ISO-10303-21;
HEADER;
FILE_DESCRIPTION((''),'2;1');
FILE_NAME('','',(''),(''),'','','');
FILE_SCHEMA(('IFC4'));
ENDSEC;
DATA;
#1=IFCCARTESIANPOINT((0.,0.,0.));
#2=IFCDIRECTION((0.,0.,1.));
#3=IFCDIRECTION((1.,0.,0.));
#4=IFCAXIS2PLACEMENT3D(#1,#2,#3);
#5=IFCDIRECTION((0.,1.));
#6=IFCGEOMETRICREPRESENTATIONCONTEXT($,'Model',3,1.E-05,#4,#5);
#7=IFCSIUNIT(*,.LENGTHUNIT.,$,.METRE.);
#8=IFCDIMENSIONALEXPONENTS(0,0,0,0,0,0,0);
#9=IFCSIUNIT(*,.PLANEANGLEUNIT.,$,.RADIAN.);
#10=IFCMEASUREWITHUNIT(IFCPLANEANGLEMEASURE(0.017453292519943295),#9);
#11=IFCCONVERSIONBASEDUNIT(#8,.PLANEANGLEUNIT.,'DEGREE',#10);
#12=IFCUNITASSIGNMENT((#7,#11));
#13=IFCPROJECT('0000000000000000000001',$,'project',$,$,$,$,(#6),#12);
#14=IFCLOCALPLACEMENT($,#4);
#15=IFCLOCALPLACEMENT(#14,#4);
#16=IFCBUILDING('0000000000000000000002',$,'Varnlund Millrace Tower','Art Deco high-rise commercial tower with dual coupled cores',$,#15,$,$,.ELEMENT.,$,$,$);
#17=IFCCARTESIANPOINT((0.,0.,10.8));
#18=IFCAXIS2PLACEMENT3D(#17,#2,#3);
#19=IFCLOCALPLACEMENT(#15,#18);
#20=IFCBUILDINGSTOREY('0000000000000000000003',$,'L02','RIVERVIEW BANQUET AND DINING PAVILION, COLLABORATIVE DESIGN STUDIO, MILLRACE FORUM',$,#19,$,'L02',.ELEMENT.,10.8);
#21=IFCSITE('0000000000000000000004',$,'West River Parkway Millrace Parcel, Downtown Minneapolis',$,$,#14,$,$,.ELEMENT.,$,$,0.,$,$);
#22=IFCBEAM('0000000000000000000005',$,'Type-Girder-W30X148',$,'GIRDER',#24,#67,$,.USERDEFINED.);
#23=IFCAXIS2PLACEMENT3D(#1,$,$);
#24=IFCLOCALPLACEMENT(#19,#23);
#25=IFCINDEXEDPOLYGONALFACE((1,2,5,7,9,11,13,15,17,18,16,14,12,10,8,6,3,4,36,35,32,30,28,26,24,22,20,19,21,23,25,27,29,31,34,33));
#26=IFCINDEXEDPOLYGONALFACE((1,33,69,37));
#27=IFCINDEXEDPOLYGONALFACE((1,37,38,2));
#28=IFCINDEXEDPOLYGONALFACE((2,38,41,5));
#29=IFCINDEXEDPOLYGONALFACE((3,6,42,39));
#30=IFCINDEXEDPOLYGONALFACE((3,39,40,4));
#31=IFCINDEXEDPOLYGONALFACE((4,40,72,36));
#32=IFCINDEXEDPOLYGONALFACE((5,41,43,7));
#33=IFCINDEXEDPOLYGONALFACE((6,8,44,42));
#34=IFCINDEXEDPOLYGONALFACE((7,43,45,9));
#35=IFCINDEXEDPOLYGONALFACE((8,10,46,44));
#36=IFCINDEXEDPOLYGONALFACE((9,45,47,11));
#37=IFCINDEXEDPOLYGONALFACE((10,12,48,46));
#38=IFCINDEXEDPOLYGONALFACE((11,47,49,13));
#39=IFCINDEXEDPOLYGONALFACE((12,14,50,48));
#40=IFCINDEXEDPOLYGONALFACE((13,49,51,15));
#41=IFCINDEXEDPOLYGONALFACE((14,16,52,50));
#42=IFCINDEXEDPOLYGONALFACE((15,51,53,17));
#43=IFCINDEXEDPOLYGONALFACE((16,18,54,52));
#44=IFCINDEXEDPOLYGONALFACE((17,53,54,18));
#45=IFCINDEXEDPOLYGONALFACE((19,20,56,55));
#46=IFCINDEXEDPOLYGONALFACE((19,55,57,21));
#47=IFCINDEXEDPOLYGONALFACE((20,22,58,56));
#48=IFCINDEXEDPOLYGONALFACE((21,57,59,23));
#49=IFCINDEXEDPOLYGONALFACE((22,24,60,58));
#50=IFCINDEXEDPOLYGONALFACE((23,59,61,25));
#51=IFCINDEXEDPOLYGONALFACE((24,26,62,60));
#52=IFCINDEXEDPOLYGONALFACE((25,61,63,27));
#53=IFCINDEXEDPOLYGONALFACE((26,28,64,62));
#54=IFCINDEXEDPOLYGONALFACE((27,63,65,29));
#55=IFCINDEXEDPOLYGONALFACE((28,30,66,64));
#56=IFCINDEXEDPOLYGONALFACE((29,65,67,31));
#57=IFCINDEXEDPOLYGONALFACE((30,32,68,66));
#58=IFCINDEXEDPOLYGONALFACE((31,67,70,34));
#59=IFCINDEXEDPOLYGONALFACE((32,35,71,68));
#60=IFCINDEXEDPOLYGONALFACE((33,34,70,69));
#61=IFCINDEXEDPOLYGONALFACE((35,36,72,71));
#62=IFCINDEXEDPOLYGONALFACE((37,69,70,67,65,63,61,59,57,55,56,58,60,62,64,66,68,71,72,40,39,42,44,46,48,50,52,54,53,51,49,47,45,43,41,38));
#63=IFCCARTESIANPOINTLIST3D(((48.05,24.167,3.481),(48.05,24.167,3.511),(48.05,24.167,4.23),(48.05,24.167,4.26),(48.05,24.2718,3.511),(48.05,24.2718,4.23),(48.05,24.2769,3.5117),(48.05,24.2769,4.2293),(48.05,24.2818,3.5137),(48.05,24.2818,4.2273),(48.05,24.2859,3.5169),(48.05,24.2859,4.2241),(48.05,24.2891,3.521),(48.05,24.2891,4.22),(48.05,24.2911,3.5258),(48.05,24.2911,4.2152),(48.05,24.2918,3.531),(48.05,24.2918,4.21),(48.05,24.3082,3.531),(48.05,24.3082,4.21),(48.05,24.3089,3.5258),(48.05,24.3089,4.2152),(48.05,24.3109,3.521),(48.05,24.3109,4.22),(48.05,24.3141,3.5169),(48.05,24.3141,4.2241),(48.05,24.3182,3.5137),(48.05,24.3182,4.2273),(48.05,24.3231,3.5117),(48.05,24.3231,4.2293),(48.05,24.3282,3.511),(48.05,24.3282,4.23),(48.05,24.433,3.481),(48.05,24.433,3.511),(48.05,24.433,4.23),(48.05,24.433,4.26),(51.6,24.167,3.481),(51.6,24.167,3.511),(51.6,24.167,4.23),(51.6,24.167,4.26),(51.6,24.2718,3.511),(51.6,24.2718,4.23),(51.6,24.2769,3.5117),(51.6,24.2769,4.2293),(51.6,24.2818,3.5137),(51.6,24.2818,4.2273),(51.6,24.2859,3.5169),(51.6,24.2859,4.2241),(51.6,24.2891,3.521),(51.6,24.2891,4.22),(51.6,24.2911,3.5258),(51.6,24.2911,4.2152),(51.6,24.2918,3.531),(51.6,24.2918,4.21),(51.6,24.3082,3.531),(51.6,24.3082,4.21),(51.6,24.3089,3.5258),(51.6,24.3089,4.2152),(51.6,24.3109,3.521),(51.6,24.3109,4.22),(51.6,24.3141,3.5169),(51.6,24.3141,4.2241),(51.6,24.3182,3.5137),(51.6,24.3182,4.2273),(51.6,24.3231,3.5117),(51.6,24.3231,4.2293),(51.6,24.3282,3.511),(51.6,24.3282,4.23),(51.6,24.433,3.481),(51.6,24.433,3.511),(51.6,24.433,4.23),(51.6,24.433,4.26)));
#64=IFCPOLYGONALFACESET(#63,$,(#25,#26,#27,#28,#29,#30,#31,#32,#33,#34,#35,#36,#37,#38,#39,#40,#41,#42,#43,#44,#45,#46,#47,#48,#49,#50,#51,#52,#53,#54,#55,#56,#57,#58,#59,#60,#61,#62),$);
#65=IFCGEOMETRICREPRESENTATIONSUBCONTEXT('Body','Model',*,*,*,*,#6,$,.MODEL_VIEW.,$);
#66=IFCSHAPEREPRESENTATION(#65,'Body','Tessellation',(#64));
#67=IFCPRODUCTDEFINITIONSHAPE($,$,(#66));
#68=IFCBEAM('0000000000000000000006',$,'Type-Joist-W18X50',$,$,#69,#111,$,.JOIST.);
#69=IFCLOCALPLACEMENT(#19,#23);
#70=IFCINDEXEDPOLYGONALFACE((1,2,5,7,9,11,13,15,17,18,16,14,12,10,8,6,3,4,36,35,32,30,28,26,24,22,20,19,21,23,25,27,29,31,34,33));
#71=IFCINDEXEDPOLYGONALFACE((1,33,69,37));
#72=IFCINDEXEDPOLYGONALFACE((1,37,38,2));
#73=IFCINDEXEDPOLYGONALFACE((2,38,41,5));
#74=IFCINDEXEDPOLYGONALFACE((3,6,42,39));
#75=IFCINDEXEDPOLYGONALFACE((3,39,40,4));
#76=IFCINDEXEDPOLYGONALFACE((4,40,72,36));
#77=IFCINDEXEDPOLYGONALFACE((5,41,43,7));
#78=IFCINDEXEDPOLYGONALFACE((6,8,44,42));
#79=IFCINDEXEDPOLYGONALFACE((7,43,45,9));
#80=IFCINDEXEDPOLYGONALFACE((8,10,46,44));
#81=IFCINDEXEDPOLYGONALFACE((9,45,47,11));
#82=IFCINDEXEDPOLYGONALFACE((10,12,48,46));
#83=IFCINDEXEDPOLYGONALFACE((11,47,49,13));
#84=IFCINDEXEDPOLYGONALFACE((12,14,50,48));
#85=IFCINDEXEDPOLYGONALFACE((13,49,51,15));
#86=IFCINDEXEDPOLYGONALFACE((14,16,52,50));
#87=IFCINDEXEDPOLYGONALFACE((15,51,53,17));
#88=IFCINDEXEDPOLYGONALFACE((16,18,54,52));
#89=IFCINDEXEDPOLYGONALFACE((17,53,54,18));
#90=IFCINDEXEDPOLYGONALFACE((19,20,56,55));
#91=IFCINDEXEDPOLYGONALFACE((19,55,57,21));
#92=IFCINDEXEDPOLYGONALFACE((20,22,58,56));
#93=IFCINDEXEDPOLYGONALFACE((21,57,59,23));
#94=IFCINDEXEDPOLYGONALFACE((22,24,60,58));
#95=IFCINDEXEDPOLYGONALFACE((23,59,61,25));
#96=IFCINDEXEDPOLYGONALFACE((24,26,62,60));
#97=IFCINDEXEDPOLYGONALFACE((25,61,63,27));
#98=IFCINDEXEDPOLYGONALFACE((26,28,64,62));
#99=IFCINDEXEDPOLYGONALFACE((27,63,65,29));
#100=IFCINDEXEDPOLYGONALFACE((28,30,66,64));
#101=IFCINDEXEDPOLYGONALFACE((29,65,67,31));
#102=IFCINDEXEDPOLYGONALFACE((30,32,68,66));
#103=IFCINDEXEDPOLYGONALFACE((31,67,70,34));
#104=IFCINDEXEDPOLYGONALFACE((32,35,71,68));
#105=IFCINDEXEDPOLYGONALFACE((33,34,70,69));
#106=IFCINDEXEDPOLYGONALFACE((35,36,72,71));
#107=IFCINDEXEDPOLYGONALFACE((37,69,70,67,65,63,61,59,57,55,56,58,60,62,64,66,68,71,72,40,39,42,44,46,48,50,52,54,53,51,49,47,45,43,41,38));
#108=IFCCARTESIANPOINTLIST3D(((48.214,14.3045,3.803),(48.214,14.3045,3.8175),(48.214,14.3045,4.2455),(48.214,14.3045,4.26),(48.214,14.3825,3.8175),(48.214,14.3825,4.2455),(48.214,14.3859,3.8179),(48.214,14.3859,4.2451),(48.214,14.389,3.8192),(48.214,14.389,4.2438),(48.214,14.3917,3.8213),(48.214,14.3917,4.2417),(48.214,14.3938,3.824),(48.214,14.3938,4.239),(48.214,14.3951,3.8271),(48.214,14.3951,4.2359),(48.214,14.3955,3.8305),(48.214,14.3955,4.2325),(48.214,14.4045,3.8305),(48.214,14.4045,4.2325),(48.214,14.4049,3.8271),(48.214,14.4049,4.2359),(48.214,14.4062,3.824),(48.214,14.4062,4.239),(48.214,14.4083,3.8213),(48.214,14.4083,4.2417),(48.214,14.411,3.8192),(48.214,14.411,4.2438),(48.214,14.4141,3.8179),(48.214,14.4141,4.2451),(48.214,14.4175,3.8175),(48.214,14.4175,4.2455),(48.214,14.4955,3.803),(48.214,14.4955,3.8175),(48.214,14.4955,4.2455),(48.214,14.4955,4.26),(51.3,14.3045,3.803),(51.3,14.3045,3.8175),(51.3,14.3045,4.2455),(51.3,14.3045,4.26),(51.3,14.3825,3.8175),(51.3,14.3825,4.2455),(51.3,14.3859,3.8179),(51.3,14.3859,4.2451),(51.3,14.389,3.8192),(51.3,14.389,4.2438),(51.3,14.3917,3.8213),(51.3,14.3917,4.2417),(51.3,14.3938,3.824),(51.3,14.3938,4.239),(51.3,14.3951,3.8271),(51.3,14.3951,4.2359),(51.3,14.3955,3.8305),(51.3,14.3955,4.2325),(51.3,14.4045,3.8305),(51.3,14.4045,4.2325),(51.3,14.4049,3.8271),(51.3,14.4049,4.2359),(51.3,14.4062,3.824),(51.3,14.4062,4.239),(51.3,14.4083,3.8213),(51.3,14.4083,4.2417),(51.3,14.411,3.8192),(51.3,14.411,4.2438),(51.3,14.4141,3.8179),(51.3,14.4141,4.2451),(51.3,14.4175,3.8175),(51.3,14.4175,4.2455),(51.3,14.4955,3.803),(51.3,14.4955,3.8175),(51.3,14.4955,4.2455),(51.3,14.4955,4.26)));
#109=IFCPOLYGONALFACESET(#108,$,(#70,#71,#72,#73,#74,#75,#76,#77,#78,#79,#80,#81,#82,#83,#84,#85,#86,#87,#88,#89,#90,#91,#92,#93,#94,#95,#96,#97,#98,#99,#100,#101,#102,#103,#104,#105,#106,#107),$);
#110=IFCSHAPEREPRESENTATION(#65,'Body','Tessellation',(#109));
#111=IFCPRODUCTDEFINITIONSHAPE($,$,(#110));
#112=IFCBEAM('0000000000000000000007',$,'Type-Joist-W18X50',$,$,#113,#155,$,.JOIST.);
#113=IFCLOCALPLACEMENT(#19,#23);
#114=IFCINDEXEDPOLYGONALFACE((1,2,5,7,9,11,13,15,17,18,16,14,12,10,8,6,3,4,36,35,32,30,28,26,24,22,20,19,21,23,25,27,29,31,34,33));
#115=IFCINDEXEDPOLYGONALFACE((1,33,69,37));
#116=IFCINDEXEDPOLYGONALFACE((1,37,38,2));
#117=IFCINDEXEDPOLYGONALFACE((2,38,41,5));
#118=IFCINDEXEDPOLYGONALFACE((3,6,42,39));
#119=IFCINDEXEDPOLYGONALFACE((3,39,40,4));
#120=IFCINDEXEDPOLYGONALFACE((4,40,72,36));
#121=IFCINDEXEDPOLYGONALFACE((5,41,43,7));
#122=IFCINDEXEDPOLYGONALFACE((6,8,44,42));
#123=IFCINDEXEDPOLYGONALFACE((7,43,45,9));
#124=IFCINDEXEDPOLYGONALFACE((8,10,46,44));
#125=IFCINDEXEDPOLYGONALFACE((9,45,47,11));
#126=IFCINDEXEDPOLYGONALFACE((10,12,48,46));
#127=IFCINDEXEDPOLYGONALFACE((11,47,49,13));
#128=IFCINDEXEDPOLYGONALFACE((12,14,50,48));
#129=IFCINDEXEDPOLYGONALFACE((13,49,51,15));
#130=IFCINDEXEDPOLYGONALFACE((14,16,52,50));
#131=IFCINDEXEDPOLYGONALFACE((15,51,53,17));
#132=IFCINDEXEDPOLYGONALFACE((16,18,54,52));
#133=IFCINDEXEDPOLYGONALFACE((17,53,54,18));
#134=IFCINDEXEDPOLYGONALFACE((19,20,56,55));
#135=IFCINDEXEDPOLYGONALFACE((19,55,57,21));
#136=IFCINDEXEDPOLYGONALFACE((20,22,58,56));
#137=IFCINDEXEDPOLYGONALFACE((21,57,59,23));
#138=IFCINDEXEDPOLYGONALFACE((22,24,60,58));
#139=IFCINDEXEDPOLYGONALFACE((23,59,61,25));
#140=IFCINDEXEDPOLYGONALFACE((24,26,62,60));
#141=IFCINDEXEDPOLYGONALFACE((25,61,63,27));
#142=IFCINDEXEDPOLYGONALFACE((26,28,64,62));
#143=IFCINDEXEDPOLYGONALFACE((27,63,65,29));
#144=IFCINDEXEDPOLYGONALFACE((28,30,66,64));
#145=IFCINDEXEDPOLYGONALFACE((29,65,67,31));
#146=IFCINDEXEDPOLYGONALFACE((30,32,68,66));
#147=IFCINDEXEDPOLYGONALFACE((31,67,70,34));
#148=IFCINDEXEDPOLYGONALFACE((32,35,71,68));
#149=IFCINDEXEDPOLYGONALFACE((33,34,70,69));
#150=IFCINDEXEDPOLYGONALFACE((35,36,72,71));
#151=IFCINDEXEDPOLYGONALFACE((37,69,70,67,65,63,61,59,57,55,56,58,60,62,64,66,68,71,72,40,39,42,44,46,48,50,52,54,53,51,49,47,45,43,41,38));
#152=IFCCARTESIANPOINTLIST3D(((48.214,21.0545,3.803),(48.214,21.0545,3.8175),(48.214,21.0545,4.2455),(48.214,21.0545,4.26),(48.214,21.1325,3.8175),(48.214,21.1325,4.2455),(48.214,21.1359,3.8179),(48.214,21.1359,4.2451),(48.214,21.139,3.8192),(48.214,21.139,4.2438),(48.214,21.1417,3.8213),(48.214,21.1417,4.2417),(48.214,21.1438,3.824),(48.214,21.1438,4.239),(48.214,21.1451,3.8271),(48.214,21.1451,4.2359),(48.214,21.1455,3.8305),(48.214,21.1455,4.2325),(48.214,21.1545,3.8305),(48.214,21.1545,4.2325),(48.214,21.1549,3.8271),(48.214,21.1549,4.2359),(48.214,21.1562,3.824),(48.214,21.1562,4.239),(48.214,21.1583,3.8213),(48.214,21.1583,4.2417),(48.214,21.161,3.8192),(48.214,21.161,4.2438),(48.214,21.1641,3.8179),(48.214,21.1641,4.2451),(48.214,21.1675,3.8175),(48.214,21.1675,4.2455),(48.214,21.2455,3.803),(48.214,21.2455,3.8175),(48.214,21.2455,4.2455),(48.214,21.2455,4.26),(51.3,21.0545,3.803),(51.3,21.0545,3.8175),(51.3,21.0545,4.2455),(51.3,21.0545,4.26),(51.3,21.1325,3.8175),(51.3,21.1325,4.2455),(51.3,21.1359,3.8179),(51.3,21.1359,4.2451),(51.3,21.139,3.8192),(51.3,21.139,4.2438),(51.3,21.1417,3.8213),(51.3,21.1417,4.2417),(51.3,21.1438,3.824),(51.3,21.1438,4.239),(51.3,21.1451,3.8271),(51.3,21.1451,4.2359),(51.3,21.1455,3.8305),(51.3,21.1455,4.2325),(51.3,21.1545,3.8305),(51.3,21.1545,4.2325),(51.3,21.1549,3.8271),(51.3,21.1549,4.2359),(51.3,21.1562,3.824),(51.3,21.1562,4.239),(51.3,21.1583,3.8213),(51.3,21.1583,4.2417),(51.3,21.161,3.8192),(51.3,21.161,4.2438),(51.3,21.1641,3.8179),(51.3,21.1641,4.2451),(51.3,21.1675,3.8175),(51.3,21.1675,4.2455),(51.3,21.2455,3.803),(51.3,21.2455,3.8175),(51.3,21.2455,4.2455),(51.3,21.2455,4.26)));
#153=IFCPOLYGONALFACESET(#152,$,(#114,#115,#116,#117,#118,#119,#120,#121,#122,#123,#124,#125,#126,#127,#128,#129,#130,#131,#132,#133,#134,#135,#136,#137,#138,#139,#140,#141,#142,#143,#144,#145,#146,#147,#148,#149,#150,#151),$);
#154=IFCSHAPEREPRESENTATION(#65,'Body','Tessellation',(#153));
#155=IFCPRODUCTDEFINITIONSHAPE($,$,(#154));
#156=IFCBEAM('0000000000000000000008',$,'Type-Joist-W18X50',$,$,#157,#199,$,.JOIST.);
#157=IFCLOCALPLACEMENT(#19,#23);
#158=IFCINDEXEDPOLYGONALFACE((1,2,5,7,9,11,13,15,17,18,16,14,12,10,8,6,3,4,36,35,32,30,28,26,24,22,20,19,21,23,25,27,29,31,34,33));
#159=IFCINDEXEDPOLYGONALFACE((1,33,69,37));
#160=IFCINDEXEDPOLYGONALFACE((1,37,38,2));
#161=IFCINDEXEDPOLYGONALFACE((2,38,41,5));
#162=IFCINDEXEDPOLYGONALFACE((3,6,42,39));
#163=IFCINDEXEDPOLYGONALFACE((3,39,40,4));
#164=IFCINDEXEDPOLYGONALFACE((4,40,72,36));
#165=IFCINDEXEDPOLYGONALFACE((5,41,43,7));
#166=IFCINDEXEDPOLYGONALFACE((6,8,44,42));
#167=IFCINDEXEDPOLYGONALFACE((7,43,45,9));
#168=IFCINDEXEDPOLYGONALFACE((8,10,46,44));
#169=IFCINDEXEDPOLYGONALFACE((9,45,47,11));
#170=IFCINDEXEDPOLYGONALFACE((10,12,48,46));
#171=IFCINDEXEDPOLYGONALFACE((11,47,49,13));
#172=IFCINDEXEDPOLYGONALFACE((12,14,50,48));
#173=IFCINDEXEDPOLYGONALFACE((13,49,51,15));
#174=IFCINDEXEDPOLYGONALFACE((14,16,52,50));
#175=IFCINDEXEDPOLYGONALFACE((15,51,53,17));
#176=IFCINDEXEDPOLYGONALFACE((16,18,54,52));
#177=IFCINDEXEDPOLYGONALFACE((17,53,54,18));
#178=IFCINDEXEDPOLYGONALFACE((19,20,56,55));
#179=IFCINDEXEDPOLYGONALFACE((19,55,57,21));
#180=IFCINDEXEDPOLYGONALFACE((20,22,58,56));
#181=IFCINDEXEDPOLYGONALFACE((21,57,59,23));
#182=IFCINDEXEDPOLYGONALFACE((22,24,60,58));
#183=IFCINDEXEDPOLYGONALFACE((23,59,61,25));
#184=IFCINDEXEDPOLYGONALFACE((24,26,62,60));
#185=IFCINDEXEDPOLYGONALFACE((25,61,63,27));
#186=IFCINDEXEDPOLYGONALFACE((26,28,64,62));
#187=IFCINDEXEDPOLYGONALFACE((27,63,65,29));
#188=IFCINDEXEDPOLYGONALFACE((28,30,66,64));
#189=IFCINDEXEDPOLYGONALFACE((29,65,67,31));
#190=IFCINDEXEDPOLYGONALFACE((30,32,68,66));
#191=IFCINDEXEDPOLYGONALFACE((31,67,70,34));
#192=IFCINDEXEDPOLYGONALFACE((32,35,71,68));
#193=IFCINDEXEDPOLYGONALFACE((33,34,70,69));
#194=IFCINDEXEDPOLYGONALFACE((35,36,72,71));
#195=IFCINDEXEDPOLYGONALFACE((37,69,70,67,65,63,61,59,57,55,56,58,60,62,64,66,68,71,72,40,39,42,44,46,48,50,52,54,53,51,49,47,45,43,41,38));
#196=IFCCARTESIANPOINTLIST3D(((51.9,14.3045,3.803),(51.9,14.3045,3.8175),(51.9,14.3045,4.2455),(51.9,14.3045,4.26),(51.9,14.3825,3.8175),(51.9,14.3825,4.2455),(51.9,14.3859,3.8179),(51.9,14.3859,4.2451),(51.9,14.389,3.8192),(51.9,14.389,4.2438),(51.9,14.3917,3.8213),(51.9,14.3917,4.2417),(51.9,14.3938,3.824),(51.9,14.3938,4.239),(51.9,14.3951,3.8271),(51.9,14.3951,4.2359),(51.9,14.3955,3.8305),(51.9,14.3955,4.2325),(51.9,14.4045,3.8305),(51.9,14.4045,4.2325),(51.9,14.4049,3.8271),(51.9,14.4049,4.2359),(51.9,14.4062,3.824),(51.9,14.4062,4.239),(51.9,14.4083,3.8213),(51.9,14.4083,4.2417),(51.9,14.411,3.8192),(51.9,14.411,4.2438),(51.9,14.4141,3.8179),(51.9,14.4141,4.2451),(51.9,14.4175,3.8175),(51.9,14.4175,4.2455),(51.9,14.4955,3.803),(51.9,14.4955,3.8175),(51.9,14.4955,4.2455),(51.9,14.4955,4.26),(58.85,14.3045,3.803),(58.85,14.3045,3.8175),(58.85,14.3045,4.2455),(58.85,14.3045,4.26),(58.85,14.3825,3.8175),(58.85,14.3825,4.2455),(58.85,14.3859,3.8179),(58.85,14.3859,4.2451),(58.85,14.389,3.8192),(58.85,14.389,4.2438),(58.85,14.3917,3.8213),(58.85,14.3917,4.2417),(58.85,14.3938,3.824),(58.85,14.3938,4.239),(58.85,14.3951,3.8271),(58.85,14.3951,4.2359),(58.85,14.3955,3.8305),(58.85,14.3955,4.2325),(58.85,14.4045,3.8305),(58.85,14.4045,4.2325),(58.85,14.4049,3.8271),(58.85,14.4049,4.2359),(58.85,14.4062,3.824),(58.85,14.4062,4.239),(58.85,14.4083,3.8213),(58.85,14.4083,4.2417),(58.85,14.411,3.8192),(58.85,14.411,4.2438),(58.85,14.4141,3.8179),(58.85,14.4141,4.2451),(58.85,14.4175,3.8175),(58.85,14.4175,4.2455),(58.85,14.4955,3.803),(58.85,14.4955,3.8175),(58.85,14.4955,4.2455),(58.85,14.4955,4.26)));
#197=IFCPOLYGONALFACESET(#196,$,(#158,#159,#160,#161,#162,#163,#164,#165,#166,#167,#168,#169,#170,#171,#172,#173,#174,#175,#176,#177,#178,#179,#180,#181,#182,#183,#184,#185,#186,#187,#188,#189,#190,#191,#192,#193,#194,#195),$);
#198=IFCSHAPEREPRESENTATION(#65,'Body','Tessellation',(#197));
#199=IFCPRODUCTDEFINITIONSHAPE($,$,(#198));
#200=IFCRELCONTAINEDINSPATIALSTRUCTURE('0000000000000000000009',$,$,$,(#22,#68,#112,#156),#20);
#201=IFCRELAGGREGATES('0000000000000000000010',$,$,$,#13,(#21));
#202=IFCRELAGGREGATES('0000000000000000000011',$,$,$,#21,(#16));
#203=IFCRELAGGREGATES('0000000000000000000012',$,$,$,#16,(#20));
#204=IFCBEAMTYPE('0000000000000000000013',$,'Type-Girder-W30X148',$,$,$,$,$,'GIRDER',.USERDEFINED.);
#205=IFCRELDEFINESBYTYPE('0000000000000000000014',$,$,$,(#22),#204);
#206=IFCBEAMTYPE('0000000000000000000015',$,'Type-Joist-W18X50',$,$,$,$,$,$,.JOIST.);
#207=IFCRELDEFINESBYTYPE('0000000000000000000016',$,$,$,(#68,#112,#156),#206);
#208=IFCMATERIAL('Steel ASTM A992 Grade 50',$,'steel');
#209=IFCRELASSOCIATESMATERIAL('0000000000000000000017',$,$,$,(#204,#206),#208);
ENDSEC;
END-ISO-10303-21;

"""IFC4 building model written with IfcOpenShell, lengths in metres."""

from ifc_helpers import new_model, entity, si_unit, converted_unit, direction, frame, origin_with_axes, origin_2d_with_axis, place, context, subcontext, project, spatial, i_section, extrude, material, material_profile, profile_set, type_object, element, save


model = new_model("IFC4")

# Units and contexts
model_context = context("Model", 3, precision=1e-05, world=origin_with_axes(), true_north=direction((0.0, 1.0)))
body_context = subcontext(model_context, "Body", "Model", "MODEL_VIEW")
ifc_project = project(units=[si_unit("LENGTHUNIT", "METRE"), converted_unit("PLANEANGLEUNIT", "DEGREE", entity("IfcPlaneAngleMeasure", 0.017453292519943295), si_unit("PLANEANGLEUNIT", "RADIAN"), dimensions=[0, 0, 0, 0, 0, 0, 0])], contexts=[model_context])

# Site, building, storey
site_placement = place(None, origin_with_axes())
site = spatial("IfcSite", under=ifc_project, at=site_placement, Name="West River Parkway Millrace Parcel, Downtown Minneapolis", CompositionType="ELEMENT", RefElevation=0.0)
building_placement = place(site_placement, origin_with_axes())
building = spatial("IfcBuilding", under=site, at=building_placement, Name="Varnlund Millrace Tower", Description="Art Deco high-rise commercial tower with dual coupled cores", CompositionType="ELEMENT")
storey_placement = place(building_placement, frame((0.0, 0.0, 10.8), z_axis=(0.0, 0.0, 1.0), x_axis=(1.0, 0.0, 0.0)))
storey = spatial("IfcBuildingStorey", under=building, at=storey_placement, Name="L02", Description="RIVERVIEW BANQUET AND DINING PAVILION, COLLABORATIVE DESIGN STUDIO, MILLRACE FORUM", LongName="L02", CompositionType="ELEMENT", Elevation=10.8)

# Beams
ifc_material_1 = material(Name="Steel ASTM A992 Grade 50", Category="steel")
ifc_material_profile_1 = material_profile(ifc_material_1, i_section(OverallWidth=0.266, OverallDepth=0.779, WebThickness=0.0165, FlangeThickness=0.03, FilletRadius=0.02, at=origin_2d_with_axis()), Name="Steel ASTM A992 Grade 50")
ifc_profile_set_1 = profile_set([ifc_material_profile_1], Name="Steel ASTM A992 Grade 50")
beam_type_1 = type_object("IfcBeamType", Name="Type-Girder-W30X148", ElementType="GIRDER", PredefinedType="USERDEFINED", material=ifc_profile_set_1)
beam_1_placement = place(storey_placement, frame((48.05, 24.3, 3.8705), z_axis=(1.0, 0.0, 0.0), x_axis=(0.0, 1.0, 0.0)))
element("IfcBeam", 1, at=beam_1_placement, inside=storey, type_object=beam_type_1, Name="Type-Girder-W30X148", ObjectType="GIRDER", PredefinedType="USERDEFINED", context=body_context, shape_type="SweptSolid", body=[
    extrude(i_section(OverallWidth=0.266, OverallDepth=0.779, WebThickness=0.0165, FlangeThickness=0.03, FilletRadius=0.02, at=origin_2d_with_axis()), origin_with_axes(), (0.0, 0.0, 1.0), 3.55),
])
ifc_material_profile_2 = material_profile(ifc_material_1, i_section(OverallWidth=0.191, OverallDepth=0.457, WebThickness=0.009, FlangeThickness=0.0145, FilletRadius=0.013, at=origin_2d_with_axis()), Name="Steel ASTM A992 Grade 50")
ifc_profile_set_2 = profile_set([ifc_material_profile_2], Name="Steel ASTM A992 Grade 50")
beam_type_2 = type_object("IfcBeamType", Name="Type-Joist-W18X50", PredefinedType="JOIST", material=ifc_profile_set_2)
for number, where, z_axis, x_axis, name in (
    (2, (48.214, 14.4, 4.0315), (1.0, 0.0, 0.0), (0.0, 1.0, 0.0), "Type-Joist-W18X50"),
    (3, (48.214, 21.15, 4.0315), (1.0, 0.0, 0.0), (0.0, 1.0, 0.0), "Type-Joist-W18X50"),
):
    element("IfcBeam", number, at=place(storey_placement, frame(where, z_axis=z_axis, x_axis=x_axis)), inside=storey, type_object=beam_type_2, Name=name, PredefinedType="JOIST", context=body_context, shape_type="SweptSolid", body=[
        extrude(i_section(OverallWidth=0.191, OverallDepth=0.457, WebThickness=0.009, FlangeThickness=0.0145, FilletRadius=0.013, at=origin_2d_with_axis()), origin_with_axes(), (0.0, 0.0, 1.0), 3.086),
    ])
for number, where, z_axis, x_axis, name in (
    (4, (51.9, 14.4, 4.0315), (1.0, 0.0, 0.0), (0.0, 1.0, 0.0), "Type-Joist-W18X50"),
):
    element("IfcBeam", number, at=place(storey_placement, frame(where, z_axis=z_axis, x_axis=x_axis)), inside=storey, type_object=beam_type_2, Name=name, PredefinedType="JOIST", context=body_context, shape_type="SweptSolid", body=[
        extrude(i_section(OverallWidth=0.191, OverallDepth=0.457, WebThickness=0.009, FlangeThickness=0.0145, FilletRadius=0.013, at=origin_2d_with_axis()), origin_with_axes(), (0.0, 0.0, 1.0), 6.95),
    ])

save(model, "model.ifc")
